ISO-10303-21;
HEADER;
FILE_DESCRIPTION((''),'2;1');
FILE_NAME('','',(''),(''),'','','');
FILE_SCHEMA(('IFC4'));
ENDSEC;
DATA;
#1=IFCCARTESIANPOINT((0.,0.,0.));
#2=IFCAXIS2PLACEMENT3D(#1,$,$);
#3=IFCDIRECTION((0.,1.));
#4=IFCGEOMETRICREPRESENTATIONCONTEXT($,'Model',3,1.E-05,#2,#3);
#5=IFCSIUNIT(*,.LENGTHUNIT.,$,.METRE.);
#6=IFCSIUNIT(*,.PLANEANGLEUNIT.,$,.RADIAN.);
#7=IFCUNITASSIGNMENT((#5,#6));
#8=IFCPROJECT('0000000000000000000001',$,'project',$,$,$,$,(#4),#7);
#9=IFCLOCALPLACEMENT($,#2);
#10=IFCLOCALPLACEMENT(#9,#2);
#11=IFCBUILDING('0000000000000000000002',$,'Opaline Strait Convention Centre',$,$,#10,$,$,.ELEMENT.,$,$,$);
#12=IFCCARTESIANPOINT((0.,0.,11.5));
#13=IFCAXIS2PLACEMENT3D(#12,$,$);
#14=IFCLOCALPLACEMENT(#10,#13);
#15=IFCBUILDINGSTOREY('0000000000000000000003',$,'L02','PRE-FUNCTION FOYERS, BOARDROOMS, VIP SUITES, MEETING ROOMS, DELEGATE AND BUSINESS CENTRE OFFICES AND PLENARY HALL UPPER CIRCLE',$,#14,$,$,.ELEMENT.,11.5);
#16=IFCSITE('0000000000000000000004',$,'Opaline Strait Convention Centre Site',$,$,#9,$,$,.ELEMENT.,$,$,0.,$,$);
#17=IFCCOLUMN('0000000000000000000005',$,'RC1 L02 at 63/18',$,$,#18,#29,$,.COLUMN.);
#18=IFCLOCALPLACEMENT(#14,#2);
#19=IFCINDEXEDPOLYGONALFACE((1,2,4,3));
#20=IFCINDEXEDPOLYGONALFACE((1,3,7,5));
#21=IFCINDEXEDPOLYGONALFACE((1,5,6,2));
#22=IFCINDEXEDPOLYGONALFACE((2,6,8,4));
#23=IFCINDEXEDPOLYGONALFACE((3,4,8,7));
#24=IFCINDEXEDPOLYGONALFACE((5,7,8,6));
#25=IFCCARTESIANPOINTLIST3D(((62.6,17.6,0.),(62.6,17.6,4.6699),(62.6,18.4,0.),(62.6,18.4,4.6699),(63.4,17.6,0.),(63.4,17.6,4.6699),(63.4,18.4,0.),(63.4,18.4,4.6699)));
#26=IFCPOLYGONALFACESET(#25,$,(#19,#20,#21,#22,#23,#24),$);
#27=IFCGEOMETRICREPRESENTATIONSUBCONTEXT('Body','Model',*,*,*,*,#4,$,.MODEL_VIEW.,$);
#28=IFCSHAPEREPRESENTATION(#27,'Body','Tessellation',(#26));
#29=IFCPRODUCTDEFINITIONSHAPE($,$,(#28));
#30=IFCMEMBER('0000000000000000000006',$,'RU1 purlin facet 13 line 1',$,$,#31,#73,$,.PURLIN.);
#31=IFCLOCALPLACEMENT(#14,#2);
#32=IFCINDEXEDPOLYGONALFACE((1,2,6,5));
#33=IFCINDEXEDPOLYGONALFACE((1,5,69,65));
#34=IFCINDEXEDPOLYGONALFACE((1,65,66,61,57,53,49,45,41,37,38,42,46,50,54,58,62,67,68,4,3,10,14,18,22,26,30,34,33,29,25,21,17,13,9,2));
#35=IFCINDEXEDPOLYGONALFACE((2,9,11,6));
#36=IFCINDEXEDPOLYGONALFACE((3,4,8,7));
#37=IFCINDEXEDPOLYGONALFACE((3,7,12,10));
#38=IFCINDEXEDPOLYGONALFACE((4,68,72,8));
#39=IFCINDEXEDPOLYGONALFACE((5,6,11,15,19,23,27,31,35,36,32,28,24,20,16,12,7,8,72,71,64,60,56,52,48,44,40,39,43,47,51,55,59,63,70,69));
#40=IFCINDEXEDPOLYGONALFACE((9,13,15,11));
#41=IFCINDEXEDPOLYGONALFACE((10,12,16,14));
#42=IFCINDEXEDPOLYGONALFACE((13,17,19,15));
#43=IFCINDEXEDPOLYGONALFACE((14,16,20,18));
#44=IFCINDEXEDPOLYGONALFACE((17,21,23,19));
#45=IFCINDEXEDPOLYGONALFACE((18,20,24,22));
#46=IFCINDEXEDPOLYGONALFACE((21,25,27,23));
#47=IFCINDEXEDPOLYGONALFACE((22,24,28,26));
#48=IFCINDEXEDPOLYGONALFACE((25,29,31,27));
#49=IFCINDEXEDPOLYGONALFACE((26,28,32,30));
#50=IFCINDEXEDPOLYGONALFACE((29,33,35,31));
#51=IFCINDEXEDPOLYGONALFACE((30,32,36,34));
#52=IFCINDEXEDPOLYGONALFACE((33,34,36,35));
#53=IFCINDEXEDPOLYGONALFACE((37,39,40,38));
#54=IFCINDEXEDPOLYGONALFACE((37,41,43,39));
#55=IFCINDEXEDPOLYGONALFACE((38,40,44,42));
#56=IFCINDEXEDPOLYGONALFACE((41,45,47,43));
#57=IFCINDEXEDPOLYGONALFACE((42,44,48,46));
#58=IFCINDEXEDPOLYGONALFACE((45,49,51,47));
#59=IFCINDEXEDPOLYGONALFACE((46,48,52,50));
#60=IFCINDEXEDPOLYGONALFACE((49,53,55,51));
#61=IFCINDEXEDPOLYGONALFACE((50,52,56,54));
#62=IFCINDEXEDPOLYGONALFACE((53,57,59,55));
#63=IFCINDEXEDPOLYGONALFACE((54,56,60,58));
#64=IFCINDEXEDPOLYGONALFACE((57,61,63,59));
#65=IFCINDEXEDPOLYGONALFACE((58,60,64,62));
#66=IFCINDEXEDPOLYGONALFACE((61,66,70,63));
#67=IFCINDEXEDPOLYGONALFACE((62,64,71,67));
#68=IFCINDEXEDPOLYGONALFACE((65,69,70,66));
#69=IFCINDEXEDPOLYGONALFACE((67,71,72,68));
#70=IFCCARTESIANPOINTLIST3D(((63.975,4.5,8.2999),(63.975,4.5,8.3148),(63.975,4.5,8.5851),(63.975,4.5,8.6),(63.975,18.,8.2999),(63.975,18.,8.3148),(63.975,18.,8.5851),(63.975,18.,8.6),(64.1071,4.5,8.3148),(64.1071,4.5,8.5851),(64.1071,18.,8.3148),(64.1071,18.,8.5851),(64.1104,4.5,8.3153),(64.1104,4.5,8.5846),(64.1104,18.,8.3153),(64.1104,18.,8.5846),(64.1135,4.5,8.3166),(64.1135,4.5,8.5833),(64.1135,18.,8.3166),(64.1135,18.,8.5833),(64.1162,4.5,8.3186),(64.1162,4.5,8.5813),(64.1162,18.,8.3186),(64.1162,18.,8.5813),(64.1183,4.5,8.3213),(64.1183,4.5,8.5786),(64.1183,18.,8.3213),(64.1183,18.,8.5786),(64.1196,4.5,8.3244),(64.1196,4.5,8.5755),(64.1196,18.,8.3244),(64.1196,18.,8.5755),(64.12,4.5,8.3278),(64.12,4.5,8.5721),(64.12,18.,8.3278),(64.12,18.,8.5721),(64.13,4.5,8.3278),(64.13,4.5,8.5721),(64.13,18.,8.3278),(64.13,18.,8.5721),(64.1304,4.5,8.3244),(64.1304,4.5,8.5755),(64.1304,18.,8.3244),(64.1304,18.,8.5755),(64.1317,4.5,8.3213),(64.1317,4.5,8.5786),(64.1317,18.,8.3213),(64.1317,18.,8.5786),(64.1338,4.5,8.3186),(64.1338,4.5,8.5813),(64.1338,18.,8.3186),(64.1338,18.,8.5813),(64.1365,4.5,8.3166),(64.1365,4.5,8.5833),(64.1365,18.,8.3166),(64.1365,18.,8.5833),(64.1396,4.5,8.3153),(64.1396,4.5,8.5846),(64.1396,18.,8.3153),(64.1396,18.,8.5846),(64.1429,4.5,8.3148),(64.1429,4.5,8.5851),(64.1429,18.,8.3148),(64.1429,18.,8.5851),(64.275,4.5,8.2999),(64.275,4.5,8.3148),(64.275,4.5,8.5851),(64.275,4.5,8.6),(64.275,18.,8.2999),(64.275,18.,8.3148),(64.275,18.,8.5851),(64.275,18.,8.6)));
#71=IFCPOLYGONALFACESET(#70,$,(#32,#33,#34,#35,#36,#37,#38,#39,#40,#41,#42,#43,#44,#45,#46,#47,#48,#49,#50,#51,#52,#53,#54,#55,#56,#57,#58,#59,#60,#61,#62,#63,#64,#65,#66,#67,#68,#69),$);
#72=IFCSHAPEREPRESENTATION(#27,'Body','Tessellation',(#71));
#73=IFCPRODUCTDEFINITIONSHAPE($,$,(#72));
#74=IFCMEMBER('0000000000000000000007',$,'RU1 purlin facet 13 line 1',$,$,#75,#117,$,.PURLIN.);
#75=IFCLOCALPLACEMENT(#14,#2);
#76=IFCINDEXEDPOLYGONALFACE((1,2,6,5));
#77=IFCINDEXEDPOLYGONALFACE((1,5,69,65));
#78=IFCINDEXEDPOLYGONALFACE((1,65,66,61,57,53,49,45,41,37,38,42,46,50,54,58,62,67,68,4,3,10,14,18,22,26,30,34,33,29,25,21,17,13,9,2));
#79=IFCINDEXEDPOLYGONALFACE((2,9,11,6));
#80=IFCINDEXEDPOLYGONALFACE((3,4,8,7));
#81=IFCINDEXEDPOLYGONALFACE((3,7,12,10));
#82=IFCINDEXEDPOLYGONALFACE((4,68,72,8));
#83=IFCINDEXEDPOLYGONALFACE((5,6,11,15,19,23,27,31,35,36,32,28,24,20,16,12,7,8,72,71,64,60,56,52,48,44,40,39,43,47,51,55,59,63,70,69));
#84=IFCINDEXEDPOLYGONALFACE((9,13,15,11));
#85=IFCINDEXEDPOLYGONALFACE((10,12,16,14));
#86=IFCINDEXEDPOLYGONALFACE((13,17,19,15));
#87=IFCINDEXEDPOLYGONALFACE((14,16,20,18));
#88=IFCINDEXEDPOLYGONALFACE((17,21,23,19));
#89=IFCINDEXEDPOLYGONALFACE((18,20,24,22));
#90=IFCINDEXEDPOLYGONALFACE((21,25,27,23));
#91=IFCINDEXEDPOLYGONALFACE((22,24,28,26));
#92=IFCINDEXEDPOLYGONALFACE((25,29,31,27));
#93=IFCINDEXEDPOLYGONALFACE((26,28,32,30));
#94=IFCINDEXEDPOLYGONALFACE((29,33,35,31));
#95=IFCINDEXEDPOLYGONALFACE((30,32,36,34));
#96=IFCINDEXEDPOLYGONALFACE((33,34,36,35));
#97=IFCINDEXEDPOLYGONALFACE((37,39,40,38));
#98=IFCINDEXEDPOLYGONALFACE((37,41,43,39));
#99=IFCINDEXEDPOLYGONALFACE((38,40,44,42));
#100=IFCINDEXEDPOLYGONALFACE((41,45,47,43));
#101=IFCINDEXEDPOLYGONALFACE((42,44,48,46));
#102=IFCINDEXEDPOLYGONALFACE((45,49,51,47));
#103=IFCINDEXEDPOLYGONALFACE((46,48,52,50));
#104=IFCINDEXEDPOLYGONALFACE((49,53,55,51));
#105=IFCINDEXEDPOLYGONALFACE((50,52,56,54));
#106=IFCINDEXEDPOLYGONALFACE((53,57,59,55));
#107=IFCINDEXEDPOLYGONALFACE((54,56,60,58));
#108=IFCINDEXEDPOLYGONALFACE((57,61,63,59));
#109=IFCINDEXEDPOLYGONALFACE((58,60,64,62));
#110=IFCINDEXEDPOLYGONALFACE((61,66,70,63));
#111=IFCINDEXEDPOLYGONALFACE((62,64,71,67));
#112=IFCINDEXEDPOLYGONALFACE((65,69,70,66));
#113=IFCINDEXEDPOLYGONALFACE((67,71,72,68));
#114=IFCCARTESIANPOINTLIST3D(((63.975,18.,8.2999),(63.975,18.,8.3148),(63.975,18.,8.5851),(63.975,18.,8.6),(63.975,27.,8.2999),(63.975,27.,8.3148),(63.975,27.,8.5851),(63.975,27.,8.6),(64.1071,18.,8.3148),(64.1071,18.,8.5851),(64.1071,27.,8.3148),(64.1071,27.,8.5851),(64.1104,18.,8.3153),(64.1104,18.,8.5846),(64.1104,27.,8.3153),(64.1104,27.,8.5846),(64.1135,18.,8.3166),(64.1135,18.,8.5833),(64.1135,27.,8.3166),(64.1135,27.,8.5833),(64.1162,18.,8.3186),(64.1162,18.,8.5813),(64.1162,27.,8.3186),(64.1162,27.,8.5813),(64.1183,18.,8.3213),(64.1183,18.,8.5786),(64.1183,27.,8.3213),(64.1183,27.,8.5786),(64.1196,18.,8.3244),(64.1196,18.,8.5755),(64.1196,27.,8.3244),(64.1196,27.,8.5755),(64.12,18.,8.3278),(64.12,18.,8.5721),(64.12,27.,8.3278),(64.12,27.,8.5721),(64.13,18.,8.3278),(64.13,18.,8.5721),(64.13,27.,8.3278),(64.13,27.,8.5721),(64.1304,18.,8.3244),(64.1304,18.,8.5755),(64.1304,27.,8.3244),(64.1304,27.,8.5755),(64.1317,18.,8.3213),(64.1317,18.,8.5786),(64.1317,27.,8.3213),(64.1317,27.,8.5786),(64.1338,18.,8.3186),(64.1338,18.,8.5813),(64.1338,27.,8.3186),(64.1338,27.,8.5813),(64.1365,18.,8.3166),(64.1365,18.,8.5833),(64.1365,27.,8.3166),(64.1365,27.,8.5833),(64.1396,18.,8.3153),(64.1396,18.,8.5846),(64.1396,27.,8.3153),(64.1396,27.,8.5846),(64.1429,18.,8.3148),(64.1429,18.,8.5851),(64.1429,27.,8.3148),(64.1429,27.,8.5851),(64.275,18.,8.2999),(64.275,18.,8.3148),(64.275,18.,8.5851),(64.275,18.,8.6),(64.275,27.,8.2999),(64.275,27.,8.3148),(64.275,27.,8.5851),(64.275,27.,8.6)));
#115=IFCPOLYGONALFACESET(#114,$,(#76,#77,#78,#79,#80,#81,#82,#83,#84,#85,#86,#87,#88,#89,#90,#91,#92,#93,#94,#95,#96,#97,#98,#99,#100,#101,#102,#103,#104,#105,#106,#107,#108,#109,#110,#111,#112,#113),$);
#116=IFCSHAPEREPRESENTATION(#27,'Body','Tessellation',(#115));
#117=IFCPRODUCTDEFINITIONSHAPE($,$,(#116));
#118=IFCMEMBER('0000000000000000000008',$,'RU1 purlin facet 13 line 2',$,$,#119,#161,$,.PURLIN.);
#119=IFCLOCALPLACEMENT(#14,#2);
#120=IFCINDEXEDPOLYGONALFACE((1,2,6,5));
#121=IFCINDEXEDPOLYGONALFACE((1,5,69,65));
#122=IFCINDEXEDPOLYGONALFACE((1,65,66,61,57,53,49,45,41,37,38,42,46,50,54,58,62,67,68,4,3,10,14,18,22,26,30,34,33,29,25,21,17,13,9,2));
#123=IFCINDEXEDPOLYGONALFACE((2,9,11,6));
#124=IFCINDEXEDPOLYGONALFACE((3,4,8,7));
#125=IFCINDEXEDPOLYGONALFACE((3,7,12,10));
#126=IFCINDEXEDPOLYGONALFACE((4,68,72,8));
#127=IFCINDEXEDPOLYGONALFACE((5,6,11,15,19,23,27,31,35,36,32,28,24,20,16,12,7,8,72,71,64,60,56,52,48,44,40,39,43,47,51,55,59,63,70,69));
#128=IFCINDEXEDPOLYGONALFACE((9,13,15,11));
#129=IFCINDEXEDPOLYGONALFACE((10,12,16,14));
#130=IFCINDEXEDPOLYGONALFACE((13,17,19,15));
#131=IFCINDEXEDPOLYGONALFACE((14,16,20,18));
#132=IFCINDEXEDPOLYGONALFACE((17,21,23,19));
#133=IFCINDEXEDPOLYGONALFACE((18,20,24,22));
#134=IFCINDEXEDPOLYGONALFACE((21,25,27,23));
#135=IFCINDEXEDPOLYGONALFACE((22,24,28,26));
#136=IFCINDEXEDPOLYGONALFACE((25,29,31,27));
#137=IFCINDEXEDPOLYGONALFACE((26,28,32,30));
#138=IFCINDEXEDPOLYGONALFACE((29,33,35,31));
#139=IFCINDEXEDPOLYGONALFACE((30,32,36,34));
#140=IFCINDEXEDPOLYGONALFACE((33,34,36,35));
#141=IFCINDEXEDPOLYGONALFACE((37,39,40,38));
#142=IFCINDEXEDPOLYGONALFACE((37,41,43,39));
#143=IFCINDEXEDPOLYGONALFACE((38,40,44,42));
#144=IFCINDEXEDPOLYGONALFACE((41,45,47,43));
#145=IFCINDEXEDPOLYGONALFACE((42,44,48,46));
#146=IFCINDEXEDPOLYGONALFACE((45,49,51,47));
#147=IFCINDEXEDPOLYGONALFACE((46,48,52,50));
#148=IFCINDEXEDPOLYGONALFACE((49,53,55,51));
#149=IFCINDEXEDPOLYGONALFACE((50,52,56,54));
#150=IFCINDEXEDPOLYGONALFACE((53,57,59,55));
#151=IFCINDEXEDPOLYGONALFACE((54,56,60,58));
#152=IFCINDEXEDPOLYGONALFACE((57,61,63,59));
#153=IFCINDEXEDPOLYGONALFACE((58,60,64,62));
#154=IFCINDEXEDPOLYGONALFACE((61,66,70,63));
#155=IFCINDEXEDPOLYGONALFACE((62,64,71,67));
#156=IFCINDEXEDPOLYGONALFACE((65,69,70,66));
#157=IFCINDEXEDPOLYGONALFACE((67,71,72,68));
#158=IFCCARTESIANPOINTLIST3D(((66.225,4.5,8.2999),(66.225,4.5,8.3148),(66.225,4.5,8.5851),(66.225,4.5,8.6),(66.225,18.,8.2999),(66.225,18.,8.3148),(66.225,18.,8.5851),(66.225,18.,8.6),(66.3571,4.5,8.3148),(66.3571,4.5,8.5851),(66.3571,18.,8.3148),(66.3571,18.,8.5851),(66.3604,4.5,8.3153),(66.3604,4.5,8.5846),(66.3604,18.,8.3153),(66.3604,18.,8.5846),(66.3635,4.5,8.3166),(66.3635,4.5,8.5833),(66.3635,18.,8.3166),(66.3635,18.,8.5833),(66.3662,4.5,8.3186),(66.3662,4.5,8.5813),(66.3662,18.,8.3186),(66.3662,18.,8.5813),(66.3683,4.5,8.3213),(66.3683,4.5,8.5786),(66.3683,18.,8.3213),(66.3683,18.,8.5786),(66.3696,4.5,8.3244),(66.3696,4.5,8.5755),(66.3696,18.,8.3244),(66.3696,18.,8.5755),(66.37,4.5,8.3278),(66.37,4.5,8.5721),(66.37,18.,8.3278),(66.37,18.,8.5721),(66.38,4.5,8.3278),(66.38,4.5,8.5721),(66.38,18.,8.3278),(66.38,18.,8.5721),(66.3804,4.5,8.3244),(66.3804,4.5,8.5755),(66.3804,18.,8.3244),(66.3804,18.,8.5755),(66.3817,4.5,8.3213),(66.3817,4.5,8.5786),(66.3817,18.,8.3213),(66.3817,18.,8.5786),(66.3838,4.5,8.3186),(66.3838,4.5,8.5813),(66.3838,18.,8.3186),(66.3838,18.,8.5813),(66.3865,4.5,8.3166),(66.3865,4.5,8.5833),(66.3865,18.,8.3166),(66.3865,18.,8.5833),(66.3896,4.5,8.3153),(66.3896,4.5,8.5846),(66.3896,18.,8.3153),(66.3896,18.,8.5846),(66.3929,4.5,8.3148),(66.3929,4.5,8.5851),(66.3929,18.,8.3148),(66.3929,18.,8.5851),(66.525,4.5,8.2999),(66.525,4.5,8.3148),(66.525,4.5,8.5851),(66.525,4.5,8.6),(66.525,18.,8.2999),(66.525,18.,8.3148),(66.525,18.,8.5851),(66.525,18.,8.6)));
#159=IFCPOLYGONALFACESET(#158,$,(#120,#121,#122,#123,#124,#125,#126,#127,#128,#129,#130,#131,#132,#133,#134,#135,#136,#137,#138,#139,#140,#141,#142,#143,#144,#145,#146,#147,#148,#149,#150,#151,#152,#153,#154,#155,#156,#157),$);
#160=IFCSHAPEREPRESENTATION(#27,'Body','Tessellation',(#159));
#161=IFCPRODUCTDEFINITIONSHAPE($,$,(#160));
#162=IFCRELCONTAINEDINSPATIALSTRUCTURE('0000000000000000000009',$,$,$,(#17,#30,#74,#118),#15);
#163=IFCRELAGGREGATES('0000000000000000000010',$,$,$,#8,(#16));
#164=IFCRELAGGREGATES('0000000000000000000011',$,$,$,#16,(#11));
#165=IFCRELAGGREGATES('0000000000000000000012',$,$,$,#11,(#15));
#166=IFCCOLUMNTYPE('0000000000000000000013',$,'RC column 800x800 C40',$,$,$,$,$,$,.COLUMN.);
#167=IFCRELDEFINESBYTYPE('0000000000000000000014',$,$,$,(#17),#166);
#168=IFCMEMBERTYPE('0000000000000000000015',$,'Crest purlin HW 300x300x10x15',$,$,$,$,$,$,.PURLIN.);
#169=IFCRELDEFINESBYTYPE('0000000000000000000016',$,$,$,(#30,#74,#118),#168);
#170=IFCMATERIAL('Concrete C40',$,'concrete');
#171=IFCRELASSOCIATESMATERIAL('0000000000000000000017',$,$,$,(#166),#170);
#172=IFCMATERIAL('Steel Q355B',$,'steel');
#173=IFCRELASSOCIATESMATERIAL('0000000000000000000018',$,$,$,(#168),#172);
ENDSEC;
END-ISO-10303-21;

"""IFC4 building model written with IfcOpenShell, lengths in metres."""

from ifc_helpers import new_model, si_unit, direction, frame, origin, origin_2d, place, context, subcontext, project, spatial, rectangle, i_section, extrude, material, material_profile, profile_set, type_object, element, save


model = new_model("IFC4")

# Units and contexts
model_context = context("Model", 3, precision=1e-05, world=origin(), true_north=direction((0.0, 1.0)))
body_context = subcontext(model_context, "Body", "Model", "MODEL_VIEW")
ifc_project = project(units=[si_unit("LENGTHUNIT", "METRE"), si_unit("PLANEANGLEUNIT", "RADIAN")], contexts=[model_context])

# Site, building, storey
site_placement = place(None, origin())
site = spatial("IfcSite", under=ifc_project, at=site_placement, Name="Opaline Strait Convention Centre Site", CompositionType="ELEMENT", RefElevation=0.0)
building_placement = place(site_placement, origin())
building = spatial("IfcBuilding", under=site, at=building_placement, Name="Opaline Strait Convention Centre", CompositionType="ELEMENT")
storey_placement = place(building_placement, frame((0.0, 0.0, 11.5)))
storey = spatial("IfcBuildingStorey", under=building, at=storey_placement, Name="L02", Description="PRE-FUNCTION FOYERS, BOARDROOMS, VIP SUITES, MEETING ROOMS, DELEGATE AND BUSINESS CENTRE OFFICES AND PLENARY HALL UPPER CIRCLE", CompositionType="ELEMENT", Elevation=11.5)

# Column
ifc_material_1 = material(Name="Concrete C40", Category="concrete")
ifc_material_profile_1 = material_profile(ifc_material_1, rectangle(XDim=0.8, YDim=0.8, at=origin_2d()), Name="RC 800x800")
ifc_profile_set_1 = profile_set([ifc_material_profile_1], Name="Concrete C40")
column_type = type_object("IfcColumnType", Name="RC column 800x800 C40", PredefinedType="COLUMN", material=ifc_profile_set_1)
column_placement = place(storey_placement, frame((63.0, 18.0, 0.0), z_axis=(0.0, 0.0, 1.0), x_axis=(1.0, 0.0, 0.0)))
element("IfcColumn", 1, at=column_placement, inside=storey, type_object=column_type, Name="RC1 L02 at 63/18", PredefinedType="COLUMN", context=body_context, shape_type="SweptSolid", body=[
    extrude(rectangle(XDim=0.8, YDim=0.8, at=origin_2d()), origin(), (0.0, 0.0, 1.0), 4.6699),
])

# Members
ifc_material_2 = material(Name="Steel Q355B", Category="steel")
ifc_material_profile_2 = material_profile(ifc_material_2, i_section(OverallWidth=0.3, OverallDepth=0.3, WebThickness=0.01, FlangeThickness=0.0149, FilletRadius=0.0129, at=origin_2d()), Name="HW 300x300x10x15")
ifc_profile_set_2 = profile_set([ifc_material_profile_2], Name="Steel Q355B")
member_type_1 = type_object("IfcMemberType", Name="Crest purlin HW 300x300x10x15", PredefinedType="PURLIN", material=ifc_profile_set_2)
member_1_placement = place(storey_placement, frame((64.125, 4.5, 8.45), z_axis=(0.0, 1.0, 0.0), x_axis=(-1.0, 0.0, 0.0)))
element("IfcMember", 2, at=member_1_placement, inside=storey, type_object=member_type_1, Name="RU1 purlin facet 13 line 1", PredefinedType="PURLIN", context=body_context, shape_type="SweptSolid", body=[
    extrude(i_section(OverallWidth=0.3, OverallDepth=0.3, WebThickness=0.01, FlangeThickness=0.0149, FilletRadius=0.0129, at=origin_2d()), origin(), (0.0, 0.0, 1.0), 13.5),
])
member_2_placement = place(storey_placement, frame((64.125, 18.0, 8.45), z_axis=(0.0, 1.0, 0.0), x_axis=(-1.0, 0.0, 0.0)))
element("IfcMember", 3, at=member_2_placement, inside=storey, type_object=member_type_1, Name="RU1 purlin facet 13 line 1", PredefinedType="PURLIN", context=body_context, shape_type="SweptSolid", body=[
    extrude(i_section(OverallWidth=0.3, OverallDepth=0.3, WebThickness=0.01, FlangeThickness=0.0149, FilletRadius=0.0129, at=origin_2d()), origin(), (0.0, 0.0, 1.0), 9.0),
])
member_3_placement = place(storey_placement, frame((66.375, 4.5, 8.45), z_axis=(0.0, 1.0, 0.0), x_axis=(-1.0, 0.0, 0.0)))
element("IfcMember", 4, at=member_3_placement, inside=storey, type_object=member_type_1, Name="RU1 purlin facet 13 line 2", PredefinedType="PURLIN", context=body_context, shape_type="SweptSolid", body=[
    extrude(i_section(OverallWidth=0.3, OverallDepth=0.3, WebThickness=0.01, FlangeThickness=0.0149, FilletRadius=0.0129, at=origin_2d()), origin(), (0.0, 0.0, 1.0), 13.5),
])

save(model, "model.ifc")
